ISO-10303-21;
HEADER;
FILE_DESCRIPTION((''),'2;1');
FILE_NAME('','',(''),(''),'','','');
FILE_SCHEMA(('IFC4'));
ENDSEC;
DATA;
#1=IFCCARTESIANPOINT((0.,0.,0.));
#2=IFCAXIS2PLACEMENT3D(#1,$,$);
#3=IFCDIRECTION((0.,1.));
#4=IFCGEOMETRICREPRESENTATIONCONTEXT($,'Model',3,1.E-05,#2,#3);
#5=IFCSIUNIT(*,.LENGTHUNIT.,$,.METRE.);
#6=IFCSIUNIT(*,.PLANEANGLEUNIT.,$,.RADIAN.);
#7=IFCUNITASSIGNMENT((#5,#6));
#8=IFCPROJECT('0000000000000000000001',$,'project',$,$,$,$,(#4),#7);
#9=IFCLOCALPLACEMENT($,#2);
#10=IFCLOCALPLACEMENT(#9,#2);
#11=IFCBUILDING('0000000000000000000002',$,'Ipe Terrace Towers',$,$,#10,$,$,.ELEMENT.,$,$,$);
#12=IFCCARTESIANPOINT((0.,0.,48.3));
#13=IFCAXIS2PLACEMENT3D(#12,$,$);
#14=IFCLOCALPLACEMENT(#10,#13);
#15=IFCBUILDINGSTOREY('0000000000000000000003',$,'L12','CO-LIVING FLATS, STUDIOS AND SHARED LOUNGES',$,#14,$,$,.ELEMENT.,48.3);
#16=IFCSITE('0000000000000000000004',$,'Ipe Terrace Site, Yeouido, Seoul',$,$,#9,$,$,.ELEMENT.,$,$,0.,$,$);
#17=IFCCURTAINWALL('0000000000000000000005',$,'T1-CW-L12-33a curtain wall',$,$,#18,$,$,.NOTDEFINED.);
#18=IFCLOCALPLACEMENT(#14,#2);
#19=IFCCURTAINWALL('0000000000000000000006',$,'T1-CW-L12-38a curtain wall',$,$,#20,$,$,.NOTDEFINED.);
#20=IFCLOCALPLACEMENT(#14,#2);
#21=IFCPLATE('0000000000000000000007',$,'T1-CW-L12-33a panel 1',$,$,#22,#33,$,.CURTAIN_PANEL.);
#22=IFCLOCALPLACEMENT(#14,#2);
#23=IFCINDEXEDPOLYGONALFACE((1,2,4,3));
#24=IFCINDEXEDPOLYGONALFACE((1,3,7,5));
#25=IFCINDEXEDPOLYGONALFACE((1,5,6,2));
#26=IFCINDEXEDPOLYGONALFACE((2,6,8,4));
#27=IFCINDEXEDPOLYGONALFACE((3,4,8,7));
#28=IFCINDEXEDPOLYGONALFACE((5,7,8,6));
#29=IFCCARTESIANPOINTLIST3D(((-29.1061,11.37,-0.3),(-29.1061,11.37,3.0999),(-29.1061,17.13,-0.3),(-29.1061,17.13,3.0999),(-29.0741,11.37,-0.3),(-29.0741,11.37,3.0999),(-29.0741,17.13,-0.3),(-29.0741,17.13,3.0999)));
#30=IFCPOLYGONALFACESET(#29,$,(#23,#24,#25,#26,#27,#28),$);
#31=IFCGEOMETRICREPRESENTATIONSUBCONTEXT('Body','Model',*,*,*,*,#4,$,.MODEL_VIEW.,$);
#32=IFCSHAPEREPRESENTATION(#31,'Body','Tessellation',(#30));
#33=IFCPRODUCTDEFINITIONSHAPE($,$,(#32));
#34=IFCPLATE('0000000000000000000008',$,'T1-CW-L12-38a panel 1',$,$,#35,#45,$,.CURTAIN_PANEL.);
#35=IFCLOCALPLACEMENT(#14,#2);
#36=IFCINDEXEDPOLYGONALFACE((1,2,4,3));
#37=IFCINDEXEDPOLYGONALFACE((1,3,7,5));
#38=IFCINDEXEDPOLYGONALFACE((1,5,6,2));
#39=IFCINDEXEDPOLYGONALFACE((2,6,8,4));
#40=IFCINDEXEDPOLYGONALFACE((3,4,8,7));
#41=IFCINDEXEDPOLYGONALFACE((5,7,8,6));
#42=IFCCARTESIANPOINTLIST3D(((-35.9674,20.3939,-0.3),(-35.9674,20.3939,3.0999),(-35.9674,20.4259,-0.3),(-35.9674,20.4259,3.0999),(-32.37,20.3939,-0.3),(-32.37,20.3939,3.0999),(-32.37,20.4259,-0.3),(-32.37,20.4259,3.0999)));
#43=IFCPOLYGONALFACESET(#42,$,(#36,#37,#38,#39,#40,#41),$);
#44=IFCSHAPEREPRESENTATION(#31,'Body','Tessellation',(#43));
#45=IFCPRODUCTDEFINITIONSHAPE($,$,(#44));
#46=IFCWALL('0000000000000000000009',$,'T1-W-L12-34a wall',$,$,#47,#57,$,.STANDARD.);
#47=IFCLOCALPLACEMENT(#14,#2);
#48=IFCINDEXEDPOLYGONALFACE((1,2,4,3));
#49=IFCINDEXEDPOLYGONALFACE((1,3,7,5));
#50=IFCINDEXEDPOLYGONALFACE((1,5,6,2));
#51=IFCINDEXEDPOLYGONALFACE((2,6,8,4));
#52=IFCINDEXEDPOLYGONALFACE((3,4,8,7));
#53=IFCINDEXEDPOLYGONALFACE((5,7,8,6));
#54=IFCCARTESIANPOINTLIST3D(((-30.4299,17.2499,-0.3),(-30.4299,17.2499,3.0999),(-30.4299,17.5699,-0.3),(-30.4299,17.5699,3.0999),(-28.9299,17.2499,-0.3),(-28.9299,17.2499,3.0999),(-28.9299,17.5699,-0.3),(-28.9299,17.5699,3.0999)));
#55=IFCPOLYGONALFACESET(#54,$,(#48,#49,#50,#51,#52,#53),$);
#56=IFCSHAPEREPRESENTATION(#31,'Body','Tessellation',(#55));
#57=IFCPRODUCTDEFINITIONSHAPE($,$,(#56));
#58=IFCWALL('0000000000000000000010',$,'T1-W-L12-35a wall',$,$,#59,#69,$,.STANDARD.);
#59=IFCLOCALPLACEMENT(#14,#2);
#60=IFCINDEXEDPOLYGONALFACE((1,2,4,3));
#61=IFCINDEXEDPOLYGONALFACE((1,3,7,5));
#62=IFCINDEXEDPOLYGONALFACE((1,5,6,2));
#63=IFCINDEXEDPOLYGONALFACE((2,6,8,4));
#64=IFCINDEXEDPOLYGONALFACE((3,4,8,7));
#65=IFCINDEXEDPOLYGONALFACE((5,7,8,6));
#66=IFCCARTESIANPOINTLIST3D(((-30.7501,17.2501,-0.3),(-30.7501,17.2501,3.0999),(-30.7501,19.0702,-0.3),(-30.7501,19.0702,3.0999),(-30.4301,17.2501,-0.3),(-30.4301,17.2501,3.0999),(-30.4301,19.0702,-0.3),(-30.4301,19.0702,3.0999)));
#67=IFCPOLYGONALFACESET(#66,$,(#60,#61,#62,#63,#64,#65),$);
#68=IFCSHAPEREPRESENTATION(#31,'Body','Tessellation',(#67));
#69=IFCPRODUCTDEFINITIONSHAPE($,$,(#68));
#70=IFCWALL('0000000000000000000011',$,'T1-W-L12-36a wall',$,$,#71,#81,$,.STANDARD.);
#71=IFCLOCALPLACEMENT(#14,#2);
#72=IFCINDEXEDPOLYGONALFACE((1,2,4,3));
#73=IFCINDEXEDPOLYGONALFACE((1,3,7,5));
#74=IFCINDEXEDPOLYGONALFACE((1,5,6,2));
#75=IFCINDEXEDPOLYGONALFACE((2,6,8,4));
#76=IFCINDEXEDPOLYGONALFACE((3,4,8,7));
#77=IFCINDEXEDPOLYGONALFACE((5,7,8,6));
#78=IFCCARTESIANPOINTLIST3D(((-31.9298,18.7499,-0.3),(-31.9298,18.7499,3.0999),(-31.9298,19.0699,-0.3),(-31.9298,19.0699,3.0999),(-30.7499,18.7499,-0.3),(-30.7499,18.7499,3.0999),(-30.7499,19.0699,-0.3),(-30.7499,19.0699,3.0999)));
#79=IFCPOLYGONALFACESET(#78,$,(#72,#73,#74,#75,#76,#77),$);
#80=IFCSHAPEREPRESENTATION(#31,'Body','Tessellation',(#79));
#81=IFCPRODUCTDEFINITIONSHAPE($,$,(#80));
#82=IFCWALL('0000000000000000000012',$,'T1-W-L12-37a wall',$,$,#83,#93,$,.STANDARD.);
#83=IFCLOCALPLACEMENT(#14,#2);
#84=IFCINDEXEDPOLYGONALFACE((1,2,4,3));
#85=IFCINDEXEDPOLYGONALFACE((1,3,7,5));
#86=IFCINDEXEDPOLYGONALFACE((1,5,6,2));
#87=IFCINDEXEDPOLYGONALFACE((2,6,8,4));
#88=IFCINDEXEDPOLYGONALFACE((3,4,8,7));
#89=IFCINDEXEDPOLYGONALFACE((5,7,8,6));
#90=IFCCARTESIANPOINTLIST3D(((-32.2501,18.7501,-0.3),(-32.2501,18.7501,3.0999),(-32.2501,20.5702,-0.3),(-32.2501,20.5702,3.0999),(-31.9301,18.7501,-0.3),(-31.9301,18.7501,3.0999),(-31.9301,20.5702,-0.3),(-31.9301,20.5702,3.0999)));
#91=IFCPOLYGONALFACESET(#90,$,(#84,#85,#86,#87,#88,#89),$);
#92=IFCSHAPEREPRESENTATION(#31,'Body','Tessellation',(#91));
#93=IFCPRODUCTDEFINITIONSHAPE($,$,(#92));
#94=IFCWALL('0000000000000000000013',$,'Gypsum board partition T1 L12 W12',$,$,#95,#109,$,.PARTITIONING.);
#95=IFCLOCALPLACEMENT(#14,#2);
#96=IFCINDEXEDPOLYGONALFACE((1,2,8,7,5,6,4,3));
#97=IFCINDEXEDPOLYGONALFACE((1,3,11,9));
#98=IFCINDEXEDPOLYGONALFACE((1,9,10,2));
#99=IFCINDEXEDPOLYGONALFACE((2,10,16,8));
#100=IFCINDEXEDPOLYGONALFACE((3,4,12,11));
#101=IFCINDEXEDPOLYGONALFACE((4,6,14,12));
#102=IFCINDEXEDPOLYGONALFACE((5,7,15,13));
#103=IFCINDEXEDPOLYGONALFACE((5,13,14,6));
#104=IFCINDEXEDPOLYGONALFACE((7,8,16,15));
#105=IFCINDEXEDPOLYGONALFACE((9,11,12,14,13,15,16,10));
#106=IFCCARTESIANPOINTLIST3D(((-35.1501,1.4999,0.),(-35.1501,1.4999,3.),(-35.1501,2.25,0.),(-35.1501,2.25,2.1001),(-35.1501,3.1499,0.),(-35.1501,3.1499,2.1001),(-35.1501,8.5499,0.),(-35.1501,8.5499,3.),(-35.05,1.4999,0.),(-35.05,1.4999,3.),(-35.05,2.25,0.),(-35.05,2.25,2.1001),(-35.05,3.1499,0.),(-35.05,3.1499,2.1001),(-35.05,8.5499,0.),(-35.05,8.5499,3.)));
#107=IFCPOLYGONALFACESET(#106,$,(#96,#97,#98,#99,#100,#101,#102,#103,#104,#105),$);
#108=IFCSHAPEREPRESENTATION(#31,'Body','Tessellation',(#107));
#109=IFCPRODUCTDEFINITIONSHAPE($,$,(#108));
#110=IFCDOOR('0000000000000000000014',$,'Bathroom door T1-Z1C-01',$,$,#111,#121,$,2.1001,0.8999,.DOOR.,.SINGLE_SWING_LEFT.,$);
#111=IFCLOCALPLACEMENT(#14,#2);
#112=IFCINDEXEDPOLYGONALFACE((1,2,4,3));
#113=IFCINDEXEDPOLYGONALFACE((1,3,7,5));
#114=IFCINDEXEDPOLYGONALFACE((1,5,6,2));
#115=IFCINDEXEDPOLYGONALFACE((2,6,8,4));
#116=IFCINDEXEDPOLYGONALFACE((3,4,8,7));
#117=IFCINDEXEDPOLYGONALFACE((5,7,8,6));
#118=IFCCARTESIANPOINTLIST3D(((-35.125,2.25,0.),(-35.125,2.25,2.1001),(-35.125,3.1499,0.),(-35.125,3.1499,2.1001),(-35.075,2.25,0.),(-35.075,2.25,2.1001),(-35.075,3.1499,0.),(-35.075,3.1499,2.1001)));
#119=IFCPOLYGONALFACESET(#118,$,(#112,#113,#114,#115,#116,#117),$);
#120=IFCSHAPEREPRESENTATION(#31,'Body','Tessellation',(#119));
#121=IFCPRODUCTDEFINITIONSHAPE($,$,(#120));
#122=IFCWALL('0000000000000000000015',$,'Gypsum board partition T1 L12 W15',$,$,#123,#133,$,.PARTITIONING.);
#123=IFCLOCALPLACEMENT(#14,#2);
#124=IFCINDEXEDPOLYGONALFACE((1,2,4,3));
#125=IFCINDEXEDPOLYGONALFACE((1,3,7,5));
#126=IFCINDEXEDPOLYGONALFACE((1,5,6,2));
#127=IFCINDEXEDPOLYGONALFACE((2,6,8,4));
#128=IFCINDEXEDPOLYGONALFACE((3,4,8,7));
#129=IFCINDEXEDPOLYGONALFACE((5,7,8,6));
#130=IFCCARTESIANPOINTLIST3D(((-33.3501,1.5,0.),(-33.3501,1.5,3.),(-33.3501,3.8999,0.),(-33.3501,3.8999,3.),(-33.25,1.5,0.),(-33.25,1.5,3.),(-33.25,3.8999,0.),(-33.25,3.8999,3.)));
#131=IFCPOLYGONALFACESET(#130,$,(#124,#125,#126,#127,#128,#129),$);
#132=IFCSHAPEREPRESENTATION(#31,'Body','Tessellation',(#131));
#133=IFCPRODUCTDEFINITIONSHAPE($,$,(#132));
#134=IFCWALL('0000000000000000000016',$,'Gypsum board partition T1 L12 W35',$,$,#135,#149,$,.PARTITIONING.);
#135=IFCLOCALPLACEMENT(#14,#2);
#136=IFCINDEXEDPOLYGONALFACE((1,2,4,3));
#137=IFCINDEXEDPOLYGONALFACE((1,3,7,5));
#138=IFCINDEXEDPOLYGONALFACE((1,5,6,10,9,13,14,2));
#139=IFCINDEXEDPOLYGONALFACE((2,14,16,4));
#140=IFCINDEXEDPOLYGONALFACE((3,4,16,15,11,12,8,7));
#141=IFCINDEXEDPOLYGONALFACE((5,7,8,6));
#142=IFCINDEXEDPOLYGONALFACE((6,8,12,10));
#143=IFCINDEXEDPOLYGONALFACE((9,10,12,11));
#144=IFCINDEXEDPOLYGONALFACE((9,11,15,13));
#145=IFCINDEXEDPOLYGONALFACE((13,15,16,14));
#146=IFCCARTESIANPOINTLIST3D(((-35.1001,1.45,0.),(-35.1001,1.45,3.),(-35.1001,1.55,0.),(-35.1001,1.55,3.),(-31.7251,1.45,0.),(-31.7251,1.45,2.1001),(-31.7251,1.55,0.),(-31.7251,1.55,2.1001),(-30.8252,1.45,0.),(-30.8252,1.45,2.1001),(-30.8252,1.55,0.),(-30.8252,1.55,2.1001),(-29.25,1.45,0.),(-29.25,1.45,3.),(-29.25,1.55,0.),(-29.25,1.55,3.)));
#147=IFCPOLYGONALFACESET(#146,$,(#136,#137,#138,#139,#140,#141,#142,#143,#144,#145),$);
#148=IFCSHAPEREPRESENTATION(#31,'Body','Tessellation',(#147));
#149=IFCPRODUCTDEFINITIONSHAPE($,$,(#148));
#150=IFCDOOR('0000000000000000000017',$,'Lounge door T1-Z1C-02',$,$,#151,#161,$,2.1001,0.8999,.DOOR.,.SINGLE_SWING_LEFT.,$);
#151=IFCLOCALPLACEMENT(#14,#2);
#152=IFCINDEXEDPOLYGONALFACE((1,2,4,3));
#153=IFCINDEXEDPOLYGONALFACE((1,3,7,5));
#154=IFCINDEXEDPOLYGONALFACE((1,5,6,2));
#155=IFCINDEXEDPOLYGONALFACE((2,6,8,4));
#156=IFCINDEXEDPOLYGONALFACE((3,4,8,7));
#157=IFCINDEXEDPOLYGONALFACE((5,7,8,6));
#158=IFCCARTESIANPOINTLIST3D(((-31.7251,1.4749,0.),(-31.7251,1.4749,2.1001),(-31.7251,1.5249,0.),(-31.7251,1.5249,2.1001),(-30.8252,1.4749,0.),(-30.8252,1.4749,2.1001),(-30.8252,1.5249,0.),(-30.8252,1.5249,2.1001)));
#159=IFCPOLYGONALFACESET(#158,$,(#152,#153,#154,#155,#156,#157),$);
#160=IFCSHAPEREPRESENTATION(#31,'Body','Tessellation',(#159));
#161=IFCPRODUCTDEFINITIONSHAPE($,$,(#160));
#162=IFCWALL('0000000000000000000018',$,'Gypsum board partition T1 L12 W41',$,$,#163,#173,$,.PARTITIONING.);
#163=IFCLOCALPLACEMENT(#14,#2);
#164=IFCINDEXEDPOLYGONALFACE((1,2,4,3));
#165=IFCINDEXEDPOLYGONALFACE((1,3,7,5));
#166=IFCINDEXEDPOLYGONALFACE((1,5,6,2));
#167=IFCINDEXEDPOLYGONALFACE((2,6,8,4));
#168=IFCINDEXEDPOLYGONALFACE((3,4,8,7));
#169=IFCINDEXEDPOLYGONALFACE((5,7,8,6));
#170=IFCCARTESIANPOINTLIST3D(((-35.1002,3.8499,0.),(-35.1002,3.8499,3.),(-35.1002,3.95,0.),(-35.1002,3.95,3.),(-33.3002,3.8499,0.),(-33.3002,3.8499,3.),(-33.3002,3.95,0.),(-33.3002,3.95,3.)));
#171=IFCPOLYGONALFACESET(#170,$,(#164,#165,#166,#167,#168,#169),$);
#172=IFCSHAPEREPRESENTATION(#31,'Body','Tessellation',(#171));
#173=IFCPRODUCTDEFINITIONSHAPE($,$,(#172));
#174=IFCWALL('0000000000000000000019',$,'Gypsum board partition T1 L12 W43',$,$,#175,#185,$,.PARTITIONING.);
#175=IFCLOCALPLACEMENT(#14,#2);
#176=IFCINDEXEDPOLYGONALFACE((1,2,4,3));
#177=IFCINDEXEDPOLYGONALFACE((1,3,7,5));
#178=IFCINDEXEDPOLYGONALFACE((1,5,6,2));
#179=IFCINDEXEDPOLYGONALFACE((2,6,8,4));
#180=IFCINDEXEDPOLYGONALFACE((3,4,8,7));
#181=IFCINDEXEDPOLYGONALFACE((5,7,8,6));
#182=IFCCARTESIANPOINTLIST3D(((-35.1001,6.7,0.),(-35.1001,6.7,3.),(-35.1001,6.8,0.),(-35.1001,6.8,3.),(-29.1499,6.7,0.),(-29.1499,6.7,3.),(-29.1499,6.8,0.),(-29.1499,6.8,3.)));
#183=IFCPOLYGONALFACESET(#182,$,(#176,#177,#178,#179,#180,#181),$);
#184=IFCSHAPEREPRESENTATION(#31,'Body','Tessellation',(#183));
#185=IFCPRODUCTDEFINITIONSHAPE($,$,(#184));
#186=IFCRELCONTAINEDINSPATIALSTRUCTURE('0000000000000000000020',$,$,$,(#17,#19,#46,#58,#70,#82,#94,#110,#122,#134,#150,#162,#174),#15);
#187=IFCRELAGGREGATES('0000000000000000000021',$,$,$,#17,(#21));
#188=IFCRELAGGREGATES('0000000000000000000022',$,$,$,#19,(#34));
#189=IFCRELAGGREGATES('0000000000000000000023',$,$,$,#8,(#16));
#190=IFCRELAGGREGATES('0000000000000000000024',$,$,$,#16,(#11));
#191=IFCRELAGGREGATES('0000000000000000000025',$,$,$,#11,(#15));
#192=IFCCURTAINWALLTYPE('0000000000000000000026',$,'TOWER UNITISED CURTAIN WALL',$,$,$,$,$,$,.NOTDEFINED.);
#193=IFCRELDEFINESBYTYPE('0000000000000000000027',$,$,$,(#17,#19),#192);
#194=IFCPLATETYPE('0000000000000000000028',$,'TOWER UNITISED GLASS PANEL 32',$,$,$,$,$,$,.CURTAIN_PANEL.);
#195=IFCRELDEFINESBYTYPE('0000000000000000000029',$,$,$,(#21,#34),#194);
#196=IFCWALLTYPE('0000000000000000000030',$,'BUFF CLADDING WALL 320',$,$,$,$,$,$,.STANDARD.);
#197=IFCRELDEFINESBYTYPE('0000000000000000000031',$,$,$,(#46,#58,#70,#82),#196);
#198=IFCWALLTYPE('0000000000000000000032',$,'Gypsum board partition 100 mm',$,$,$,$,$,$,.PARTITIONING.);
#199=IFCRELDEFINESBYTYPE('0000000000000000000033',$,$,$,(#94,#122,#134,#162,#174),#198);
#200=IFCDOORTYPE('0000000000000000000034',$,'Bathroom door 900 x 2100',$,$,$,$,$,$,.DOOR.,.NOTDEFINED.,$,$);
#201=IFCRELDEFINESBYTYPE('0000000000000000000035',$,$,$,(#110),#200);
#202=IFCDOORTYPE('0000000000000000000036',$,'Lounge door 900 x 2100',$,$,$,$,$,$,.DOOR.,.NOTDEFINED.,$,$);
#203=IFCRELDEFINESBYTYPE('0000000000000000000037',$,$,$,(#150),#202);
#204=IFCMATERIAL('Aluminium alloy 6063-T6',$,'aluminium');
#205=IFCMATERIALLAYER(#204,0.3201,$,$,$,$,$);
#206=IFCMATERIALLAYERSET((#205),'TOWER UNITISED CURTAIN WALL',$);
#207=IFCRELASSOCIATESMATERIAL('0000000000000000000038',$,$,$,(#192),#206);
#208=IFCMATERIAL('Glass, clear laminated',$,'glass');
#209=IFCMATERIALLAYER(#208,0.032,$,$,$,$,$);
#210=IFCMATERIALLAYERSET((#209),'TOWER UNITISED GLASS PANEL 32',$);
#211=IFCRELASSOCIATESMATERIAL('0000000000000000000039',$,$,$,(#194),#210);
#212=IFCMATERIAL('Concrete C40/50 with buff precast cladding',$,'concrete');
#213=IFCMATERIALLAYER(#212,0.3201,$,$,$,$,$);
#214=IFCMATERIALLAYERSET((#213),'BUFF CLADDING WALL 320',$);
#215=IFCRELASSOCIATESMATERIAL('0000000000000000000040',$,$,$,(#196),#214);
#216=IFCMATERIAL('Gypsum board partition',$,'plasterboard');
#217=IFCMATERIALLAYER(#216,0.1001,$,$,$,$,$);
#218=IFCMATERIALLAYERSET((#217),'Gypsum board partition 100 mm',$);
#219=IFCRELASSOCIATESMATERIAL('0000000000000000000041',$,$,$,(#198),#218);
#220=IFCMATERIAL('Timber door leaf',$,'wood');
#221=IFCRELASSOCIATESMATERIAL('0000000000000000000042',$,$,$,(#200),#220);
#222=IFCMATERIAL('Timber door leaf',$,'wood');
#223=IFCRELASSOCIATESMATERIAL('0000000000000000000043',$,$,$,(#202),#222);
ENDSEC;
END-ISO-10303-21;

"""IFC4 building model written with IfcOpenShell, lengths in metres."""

from ifc_helpers import new_model, si_unit, direction, frame, frame_2d, origin, origin_2d, place, context, subcontext, project, spatial, rectangle, extrude, material, layer, layer_set, type_object, element, fill, aggregate, save


model = new_model("IFC4")

# Units and contexts
model_context = context("Model", 3, precision=1e-05, world=origin(), true_north=direction((0.0, 1.0)))
body_context = subcontext(model_context, "Body", "Model", "MODEL_VIEW")
ifc_project = project(units=[si_unit("LENGTHUNIT", "METRE"), si_unit("PLANEANGLEUNIT", "RADIAN")], contexts=[model_context])

# Site, building, storey
site_placement = place(None, origin())
site = spatial("IfcSite", under=ifc_project, at=site_placement, Name="Ipe Terrace Site, Yeouido, Seoul", CompositionType="ELEMENT", RefElevation=0.0)
building_placement = place(site_placement, origin())
building = spatial("IfcBuilding", under=site, at=building_placement, Name="Ipe Terrace Towers", CompositionType="ELEMENT")
storey_placement = place(building_placement, frame((0.0, 0.0, 48.3)))
storey = spatial("IfcBuildingStorey", under=building, at=storey_placement, Name="L12", Description="CO-LIVING FLATS, STUDIOS AND SHARED LOUNGES", CompositionType="ELEMENT", Elevation=48.3)

# Curtain wall
ifc_material_1 = material(Name="Aluminium alloy 6063-T6", Category="aluminium")
ifc_layer_1 = layer(ifc_material_1, 0.3201)
ifc_layer_set_1 = layer_set([ifc_layer_1], Name="TOWER UNITISED CURTAIN WALL")
curtain_wall_type = type_object("IfcCurtainWallType", Name="TOWER UNITISED CURTAIN WALL", PredefinedType="NOTDEFINED", material=ifc_layer_set_1)
curtain_wall_1_placement = place(storey_placement, origin())
curtain_wall_1 = element("IfcCurtainWall", 1, at=curtain_wall_1_placement, inside=storey, type_object=curtain_wall_type, Name="T1-CW-L12-33a curtain wall", PredefinedType="NOTDEFINED")

# Curtain wall
curtain_wall_2_placement = place(storey_placement, origin())
curtain_wall_2 = element("IfcCurtainWall", 2, at=curtain_wall_2_placement, inside=storey, type_object=curtain_wall_type, Name="T1-CW-L12-38a curtain wall", PredefinedType="NOTDEFINED")

# Plates
ifc_material_2 = material(Name="Glass, clear laminated", Category="glass")
ifc_layer_2 = layer(ifc_material_2, 0.032)
ifc_layer_set_2 = layer_set([ifc_layer_2], Name="TOWER UNITISED GLASS PANEL 32")
plate_type = type_object("IfcPlateType", Name="TOWER UNITISED GLASS PANEL 32", PredefinedType="CURTAIN_PANEL", material=ifc_layer_set_2)
plate_1_placement = place(storey_placement, frame((-29.0901, 14.25, -0.3), z_axis=(0.0, 0.0, 1.0), x_axis=(0.0, 1.0, 0.0)))
plate_1 = element("IfcPlate", 3, at=plate_1_placement, type_object=plate_type, Name="T1-CW-L12-33a panel 1", PredefinedType="CURTAIN_PANEL", context=body_context, shape_type="SweptSolid", body=[
    extrude(rectangle(XDim=5.76, YDim=0.032, at=origin_2d()), origin(), (0.0, 0.0, 1.0), 3.3999),
])
aggregate(curtain_wall_1, [plate_1])
plate_2_placement = place(storey_placement, frame((-34.1687, 20.4099, -0.3), z_axis=(0.0, 0.0, 1.0), x_axis=(-1.0, 0.0, 0.0)))
plate_2 = element("IfcPlate", 4, at=plate_2_placement, type_object=plate_type, Name="T1-CW-L12-38a panel 1", PredefinedType="CURTAIN_PANEL", context=body_context, shape_type="SweptSolid", body=[
    extrude(rectangle(XDim=3.5974, YDim=0.032, at=origin_2d()), origin(), (0.0, 0.0, 1.0), 3.3999),
])
aggregate(curtain_wall_2, [plate_2])

# Walls
ifc_material_3 = material(Name="Concrete C40/50 with buff precast cladding", Category="concrete")
ifc_layer_3 = layer(ifc_material_3, 0.3201)
ifc_layer_set_3 = layer_set([ifc_layer_3], Name="BUFF CLADDING WALL 320")
wall_type_1 = type_object("IfcWallType", Name="BUFF CLADDING WALL 320", PredefinedType="STANDARD", material=ifc_layer_set_3)
wall_1_placement = place(storey_placement, frame((-28.9299, 17.4099, -0.3), z_axis=(0.0, 0.0, 1.0), x_axis=(-1.0, 0.0, 0.0)))
element("IfcWall", 5, at=wall_1_placement, inside=storey, type_object=wall_type_1, Name="T1-W-L12-34a wall", PredefinedType="STANDARD", context=body_context, shape_type="SweptSolid", body=[
    extrude(rectangle(XDim=1.5, YDim=0.3201, at=frame_2d((0.75, 0.0))), origin(), (0.0, 0.0, 1.0), 3.3999),
])
wall_2_placement = place(storey_placement, frame((-30.5901, 17.25, -0.3), z_axis=(0.0, 0.0, 1.0), x_axis=(0.0, 1.0, 0.0)))
element("IfcWall", 6, at=wall_2_placement, inside=storey, type_object=wall_type_1, Name="T1-W-L12-35a wall", PredefinedType="STANDARD", context=body_context, shape_type="SweptSolid", body=[
    extrude(rectangle(XDim=1.8201, YDim=0.3201, at=frame_2d((0.9102, 0.0))), origin(), (0.0, 0.0, 1.0), 3.3999),
])
wall_3_placement = place(storey_placement, frame((-30.75, 18.9099, -0.3), z_axis=(0.0, 0.0, 1.0), x_axis=(-1.0, 0.0, 0.0)))
element("IfcWall", 7, at=wall_3_placement, inside=storey, type_object=wall_type_1, Name="T1-W-L12-36a wall", PredefinedType="STANDARD", context=body_context, shape_type="SweptSolid", body=[
    extrude(rectangle(XDim=1.1799, YDim=0.3201, at=frame_2d((0.5898, 0.0))), origin(), (0.0, 0.0, 1.0), 3.3999),
])
wall_4_placement = place(storey_placement, frame((-32.0901, 18.75, -0.3), z_axis=(0.0, 0.0, 1.0), x_axis=(0.0, 1.0, 0.0)))
element("IfcWall", 8, at=wall_4_placement, inside=storey, type_object=wall_type_1, Name="T1-W-L12-37a wall", PredefinedType="STANDARD", context=body_context, shape_type="SweptSolid", body=[
    extrude(rectangle(XDim=1.8201, YDim=0.3201, at=frame_2d((0.9102, 0.0))), origin(), (0.0, 0.0, 1.0), 3.3999),
])

# Wall, opening, door
ifc_material_4 = material(Name="Gypsum board partition", Category="plasterboard")
ifc_layer_4 = layer(ifc_material_4, 0.1001)
ifc_layer_set_4 = layer_set([ifc_layer_4], Name="Gypsum board partition 100 mm")
wall_type_2 = type_object("IfcWallType", Name="Gypsum board partition 100 mm", PredefinedType="PARTITIONING", material=ifc_layer_set_4)
wall_5_placement = place(storey_placement, frame((-35.1001, 1.5, 0.0), z_axis=(0.0, 0.0, 1.0), x_axis=(0.0, 1.0, 0.0)))
wall_5 = element("IfcWall", 9, at=wall_5_placement, inside=storey, type_object=wall_type_2, Name="Gypsum board partition T1 L12 W12", PredefinedType="PARTITIONING", context=body_context, shape_type="SweptSolid", body=[
    extrude(rectangle(XDim=7.05, YDim=0.1001, at=frame_2d((3.5249, 0.0))), origin(), (0.0, 0.0, 1.0), 3.0),
])
opening_1_placement = place(wall_5_placement, frame((0.75, 0.0, 0.0)))
opening_1 = element("IfcOpeningElement", 10, at=opening_1_placement, cuts=wall_5, PredefinedType="OPENING", context=body_context, shape_type="SweptSolid", body=[
    extrude(rectangle(XDim=0.8999, YDim=2.1001, at=frame_2d((0.45, 1.05))), frame((0.0, 0.0601, 0.0), z_axis=(0.0, -1.0, 0.0), x_axis=(1.0, 0.0, 0.0)), (0.0, 0.0, 1.0), 0.1201),
])
ifc_material_5 = material(Name="Timber door leaf", Category="wood")
door_type_1 = type_object("IfcDoorType", Name="Bathroom door 900 x 2100", OperationType="NOTDEFINED", PredefinedType="DOOR", material=ifc_material_5)
door_1_placement = place(opening_1_placement, origin())
door_1 = element("IfcDoor", 11, at=door_1_placement, inside=storey, type_object=door_type_1, Name="Bathroom door T1-Z1C-01", OperationType="SINGLE_SWING_LEFT", OverallHeight=2.1001, OverallWidth=0.8999, PredefinedType="DOOR", context=body_context, shape_type="SweptSolid", body=[
    extrude(rectangle(XDim=0.8999, YDim=2.1001, at=frame_2d((0.45, 1.05))), frame((0.0, 0.0249, 0.0), z_axis=(0.0, -1.0, 0.0), x_axis=(1.0, 0.0, 0.0)), (0.0, 0.0, 1.0), 0.05),
])
fill(opening_1, door_1)

# Wall
wall_6_placement = place(storey_placement, frame((-33.3, 1.5, 0.0), z_axis=(0.0, 0.0, 1.0), x_axis=(0.0, 1.0, 0.0)))
element("IfcWall", 12, at=wall_6_placement, inside=storey, type_object=wall_type_2, Name="Gypsum board partition T1 L12 W15", PredefinedType="PARTITIONING", context=body_context, shape_type="SweptSolid", body=[
    extrude(rectangle(XDim=2.3999, YDim=0.1001, at=frame_2d((1.2, 0.0))), origin(), (0.0, 0.0, 1.0), 3.0),
])

# Wall, opening, door
wall_7_placement = place(storey_placement, frame((-35.1001, 1.5, 0.0), z_axis=(0.0, 0.0, 1.0), x_axis=(1.0, 0.0, 0.0)))
wall_7 = element("IfcWall", 13, at=wall_7_placement, inside=storey, type_object=wall_type_2, Name="Gypsum board partition T1 L12 W35", PredefinedType="PARTITIONING", context=body_context, shape_type="SweptSolid", body=[
    extrude(rectangle(XDim=5.8501, YDim=0.1001, at=frame_2d((2.925, 0.0))), origin(), (0.0, 0.0, 1.0), 3.0),
])
opening_2_placement = place(wall_7_placement, frame((3.375, 0.0, 0.0)))
opening_2 = element("IfcOpeningElement", 14, at=opening_2_placement, cuts=wall_7, PredefinedType="OPENING", context=body_context, shape_type="SweptSolid", body=[
    extrude(rectangle(XDim=0.8999, YDim=2.1001, at=frame_2d((0.45, 1.05))), frame((0.0, 0.0601, 0.0), z_axis=(0.0, -1.0, 0.0), x_axis=(1.0, 0.0, 0.0)), (0.0, 0.0, 1.0), 0.1201),
])
ifc_material_6 = material(Name="Timber door leaf", Category="wood")
door_type_2 = type_object("IfcDoorType", Name="Lounge door 900 x 2100", OperationType="NOTDEFINED", PredefinedType="DOOR", material=ifc_material_6)
door_2_placement = place(opening_2_placement, origin())
door_2 = element("IfcDoor", 15, at=door_2_placement, inside=storey, type_object=door_type_2, Name="Lounge door T1-Z1C-02", OperationType="SINGLE_SWING_LEFT", OverallHeight=2.1001, OverallWidth=0.8999, PredefinedType="DOOR", context=body_context, shape_type="SweptSolid", body=[
    extrude(rectangle(XDim=0.8999, YDim=2.1001, at=frame_2d((0.45, 1.05))), frame((0.0, 0.0249, 0.0), z_axis=(0.0, -1.0, 0.0), x_axis=(1.0, 0.0, 0.0)), (0.0, 0.0, 1.0), 0.05),
])
fill(opening_2, door_2)

# Walls
wall_8_placement = place(storey_placement, frame((-35.1001, 3.8999, 0.0), z_axis=(0.0, 0.0, 1.0), x_axis=(1.0, 0.0, 0.0)))
element("IfcWall", 16, at=wall_8_placement, inside=storey, type_object=wall_type_2, Name="Gypsum board partition T1 L12 W41", PredefinedType="PARTITIONING", context=body_context, shape_type="SweptSolid", body=[
    extrude(rectangle(XDim=1.8, YDim=0.1001, at=frame_2d((0.8999, 0.0))), origin(), (0.0, 0.0, 1.0), 3.0),
])
wall_9_placement = place(storey_placement, frame((-35.1001, 6.75, 0.0), z_axis=(0.0, 0.0, 1.0), x_axis=(1.0, 0.0, 0.0)))
element("IfcWall", 17, at=wall_9_placement, inside=storey, type_object=wall_type_2, Name="Gypsum board partition T1 L12 W43", PredefinedType="PARTITIONING", context=body_context, shape_type="SweptSolid", body=[
    extrude(rectangle(XDim=5.9502, YDim=0.1001, at=frame_2d((2.9751, 0.0))), origin(), (0.0, 0.0, 1.0), 3.0),
])

save(model, "model.ifc")
